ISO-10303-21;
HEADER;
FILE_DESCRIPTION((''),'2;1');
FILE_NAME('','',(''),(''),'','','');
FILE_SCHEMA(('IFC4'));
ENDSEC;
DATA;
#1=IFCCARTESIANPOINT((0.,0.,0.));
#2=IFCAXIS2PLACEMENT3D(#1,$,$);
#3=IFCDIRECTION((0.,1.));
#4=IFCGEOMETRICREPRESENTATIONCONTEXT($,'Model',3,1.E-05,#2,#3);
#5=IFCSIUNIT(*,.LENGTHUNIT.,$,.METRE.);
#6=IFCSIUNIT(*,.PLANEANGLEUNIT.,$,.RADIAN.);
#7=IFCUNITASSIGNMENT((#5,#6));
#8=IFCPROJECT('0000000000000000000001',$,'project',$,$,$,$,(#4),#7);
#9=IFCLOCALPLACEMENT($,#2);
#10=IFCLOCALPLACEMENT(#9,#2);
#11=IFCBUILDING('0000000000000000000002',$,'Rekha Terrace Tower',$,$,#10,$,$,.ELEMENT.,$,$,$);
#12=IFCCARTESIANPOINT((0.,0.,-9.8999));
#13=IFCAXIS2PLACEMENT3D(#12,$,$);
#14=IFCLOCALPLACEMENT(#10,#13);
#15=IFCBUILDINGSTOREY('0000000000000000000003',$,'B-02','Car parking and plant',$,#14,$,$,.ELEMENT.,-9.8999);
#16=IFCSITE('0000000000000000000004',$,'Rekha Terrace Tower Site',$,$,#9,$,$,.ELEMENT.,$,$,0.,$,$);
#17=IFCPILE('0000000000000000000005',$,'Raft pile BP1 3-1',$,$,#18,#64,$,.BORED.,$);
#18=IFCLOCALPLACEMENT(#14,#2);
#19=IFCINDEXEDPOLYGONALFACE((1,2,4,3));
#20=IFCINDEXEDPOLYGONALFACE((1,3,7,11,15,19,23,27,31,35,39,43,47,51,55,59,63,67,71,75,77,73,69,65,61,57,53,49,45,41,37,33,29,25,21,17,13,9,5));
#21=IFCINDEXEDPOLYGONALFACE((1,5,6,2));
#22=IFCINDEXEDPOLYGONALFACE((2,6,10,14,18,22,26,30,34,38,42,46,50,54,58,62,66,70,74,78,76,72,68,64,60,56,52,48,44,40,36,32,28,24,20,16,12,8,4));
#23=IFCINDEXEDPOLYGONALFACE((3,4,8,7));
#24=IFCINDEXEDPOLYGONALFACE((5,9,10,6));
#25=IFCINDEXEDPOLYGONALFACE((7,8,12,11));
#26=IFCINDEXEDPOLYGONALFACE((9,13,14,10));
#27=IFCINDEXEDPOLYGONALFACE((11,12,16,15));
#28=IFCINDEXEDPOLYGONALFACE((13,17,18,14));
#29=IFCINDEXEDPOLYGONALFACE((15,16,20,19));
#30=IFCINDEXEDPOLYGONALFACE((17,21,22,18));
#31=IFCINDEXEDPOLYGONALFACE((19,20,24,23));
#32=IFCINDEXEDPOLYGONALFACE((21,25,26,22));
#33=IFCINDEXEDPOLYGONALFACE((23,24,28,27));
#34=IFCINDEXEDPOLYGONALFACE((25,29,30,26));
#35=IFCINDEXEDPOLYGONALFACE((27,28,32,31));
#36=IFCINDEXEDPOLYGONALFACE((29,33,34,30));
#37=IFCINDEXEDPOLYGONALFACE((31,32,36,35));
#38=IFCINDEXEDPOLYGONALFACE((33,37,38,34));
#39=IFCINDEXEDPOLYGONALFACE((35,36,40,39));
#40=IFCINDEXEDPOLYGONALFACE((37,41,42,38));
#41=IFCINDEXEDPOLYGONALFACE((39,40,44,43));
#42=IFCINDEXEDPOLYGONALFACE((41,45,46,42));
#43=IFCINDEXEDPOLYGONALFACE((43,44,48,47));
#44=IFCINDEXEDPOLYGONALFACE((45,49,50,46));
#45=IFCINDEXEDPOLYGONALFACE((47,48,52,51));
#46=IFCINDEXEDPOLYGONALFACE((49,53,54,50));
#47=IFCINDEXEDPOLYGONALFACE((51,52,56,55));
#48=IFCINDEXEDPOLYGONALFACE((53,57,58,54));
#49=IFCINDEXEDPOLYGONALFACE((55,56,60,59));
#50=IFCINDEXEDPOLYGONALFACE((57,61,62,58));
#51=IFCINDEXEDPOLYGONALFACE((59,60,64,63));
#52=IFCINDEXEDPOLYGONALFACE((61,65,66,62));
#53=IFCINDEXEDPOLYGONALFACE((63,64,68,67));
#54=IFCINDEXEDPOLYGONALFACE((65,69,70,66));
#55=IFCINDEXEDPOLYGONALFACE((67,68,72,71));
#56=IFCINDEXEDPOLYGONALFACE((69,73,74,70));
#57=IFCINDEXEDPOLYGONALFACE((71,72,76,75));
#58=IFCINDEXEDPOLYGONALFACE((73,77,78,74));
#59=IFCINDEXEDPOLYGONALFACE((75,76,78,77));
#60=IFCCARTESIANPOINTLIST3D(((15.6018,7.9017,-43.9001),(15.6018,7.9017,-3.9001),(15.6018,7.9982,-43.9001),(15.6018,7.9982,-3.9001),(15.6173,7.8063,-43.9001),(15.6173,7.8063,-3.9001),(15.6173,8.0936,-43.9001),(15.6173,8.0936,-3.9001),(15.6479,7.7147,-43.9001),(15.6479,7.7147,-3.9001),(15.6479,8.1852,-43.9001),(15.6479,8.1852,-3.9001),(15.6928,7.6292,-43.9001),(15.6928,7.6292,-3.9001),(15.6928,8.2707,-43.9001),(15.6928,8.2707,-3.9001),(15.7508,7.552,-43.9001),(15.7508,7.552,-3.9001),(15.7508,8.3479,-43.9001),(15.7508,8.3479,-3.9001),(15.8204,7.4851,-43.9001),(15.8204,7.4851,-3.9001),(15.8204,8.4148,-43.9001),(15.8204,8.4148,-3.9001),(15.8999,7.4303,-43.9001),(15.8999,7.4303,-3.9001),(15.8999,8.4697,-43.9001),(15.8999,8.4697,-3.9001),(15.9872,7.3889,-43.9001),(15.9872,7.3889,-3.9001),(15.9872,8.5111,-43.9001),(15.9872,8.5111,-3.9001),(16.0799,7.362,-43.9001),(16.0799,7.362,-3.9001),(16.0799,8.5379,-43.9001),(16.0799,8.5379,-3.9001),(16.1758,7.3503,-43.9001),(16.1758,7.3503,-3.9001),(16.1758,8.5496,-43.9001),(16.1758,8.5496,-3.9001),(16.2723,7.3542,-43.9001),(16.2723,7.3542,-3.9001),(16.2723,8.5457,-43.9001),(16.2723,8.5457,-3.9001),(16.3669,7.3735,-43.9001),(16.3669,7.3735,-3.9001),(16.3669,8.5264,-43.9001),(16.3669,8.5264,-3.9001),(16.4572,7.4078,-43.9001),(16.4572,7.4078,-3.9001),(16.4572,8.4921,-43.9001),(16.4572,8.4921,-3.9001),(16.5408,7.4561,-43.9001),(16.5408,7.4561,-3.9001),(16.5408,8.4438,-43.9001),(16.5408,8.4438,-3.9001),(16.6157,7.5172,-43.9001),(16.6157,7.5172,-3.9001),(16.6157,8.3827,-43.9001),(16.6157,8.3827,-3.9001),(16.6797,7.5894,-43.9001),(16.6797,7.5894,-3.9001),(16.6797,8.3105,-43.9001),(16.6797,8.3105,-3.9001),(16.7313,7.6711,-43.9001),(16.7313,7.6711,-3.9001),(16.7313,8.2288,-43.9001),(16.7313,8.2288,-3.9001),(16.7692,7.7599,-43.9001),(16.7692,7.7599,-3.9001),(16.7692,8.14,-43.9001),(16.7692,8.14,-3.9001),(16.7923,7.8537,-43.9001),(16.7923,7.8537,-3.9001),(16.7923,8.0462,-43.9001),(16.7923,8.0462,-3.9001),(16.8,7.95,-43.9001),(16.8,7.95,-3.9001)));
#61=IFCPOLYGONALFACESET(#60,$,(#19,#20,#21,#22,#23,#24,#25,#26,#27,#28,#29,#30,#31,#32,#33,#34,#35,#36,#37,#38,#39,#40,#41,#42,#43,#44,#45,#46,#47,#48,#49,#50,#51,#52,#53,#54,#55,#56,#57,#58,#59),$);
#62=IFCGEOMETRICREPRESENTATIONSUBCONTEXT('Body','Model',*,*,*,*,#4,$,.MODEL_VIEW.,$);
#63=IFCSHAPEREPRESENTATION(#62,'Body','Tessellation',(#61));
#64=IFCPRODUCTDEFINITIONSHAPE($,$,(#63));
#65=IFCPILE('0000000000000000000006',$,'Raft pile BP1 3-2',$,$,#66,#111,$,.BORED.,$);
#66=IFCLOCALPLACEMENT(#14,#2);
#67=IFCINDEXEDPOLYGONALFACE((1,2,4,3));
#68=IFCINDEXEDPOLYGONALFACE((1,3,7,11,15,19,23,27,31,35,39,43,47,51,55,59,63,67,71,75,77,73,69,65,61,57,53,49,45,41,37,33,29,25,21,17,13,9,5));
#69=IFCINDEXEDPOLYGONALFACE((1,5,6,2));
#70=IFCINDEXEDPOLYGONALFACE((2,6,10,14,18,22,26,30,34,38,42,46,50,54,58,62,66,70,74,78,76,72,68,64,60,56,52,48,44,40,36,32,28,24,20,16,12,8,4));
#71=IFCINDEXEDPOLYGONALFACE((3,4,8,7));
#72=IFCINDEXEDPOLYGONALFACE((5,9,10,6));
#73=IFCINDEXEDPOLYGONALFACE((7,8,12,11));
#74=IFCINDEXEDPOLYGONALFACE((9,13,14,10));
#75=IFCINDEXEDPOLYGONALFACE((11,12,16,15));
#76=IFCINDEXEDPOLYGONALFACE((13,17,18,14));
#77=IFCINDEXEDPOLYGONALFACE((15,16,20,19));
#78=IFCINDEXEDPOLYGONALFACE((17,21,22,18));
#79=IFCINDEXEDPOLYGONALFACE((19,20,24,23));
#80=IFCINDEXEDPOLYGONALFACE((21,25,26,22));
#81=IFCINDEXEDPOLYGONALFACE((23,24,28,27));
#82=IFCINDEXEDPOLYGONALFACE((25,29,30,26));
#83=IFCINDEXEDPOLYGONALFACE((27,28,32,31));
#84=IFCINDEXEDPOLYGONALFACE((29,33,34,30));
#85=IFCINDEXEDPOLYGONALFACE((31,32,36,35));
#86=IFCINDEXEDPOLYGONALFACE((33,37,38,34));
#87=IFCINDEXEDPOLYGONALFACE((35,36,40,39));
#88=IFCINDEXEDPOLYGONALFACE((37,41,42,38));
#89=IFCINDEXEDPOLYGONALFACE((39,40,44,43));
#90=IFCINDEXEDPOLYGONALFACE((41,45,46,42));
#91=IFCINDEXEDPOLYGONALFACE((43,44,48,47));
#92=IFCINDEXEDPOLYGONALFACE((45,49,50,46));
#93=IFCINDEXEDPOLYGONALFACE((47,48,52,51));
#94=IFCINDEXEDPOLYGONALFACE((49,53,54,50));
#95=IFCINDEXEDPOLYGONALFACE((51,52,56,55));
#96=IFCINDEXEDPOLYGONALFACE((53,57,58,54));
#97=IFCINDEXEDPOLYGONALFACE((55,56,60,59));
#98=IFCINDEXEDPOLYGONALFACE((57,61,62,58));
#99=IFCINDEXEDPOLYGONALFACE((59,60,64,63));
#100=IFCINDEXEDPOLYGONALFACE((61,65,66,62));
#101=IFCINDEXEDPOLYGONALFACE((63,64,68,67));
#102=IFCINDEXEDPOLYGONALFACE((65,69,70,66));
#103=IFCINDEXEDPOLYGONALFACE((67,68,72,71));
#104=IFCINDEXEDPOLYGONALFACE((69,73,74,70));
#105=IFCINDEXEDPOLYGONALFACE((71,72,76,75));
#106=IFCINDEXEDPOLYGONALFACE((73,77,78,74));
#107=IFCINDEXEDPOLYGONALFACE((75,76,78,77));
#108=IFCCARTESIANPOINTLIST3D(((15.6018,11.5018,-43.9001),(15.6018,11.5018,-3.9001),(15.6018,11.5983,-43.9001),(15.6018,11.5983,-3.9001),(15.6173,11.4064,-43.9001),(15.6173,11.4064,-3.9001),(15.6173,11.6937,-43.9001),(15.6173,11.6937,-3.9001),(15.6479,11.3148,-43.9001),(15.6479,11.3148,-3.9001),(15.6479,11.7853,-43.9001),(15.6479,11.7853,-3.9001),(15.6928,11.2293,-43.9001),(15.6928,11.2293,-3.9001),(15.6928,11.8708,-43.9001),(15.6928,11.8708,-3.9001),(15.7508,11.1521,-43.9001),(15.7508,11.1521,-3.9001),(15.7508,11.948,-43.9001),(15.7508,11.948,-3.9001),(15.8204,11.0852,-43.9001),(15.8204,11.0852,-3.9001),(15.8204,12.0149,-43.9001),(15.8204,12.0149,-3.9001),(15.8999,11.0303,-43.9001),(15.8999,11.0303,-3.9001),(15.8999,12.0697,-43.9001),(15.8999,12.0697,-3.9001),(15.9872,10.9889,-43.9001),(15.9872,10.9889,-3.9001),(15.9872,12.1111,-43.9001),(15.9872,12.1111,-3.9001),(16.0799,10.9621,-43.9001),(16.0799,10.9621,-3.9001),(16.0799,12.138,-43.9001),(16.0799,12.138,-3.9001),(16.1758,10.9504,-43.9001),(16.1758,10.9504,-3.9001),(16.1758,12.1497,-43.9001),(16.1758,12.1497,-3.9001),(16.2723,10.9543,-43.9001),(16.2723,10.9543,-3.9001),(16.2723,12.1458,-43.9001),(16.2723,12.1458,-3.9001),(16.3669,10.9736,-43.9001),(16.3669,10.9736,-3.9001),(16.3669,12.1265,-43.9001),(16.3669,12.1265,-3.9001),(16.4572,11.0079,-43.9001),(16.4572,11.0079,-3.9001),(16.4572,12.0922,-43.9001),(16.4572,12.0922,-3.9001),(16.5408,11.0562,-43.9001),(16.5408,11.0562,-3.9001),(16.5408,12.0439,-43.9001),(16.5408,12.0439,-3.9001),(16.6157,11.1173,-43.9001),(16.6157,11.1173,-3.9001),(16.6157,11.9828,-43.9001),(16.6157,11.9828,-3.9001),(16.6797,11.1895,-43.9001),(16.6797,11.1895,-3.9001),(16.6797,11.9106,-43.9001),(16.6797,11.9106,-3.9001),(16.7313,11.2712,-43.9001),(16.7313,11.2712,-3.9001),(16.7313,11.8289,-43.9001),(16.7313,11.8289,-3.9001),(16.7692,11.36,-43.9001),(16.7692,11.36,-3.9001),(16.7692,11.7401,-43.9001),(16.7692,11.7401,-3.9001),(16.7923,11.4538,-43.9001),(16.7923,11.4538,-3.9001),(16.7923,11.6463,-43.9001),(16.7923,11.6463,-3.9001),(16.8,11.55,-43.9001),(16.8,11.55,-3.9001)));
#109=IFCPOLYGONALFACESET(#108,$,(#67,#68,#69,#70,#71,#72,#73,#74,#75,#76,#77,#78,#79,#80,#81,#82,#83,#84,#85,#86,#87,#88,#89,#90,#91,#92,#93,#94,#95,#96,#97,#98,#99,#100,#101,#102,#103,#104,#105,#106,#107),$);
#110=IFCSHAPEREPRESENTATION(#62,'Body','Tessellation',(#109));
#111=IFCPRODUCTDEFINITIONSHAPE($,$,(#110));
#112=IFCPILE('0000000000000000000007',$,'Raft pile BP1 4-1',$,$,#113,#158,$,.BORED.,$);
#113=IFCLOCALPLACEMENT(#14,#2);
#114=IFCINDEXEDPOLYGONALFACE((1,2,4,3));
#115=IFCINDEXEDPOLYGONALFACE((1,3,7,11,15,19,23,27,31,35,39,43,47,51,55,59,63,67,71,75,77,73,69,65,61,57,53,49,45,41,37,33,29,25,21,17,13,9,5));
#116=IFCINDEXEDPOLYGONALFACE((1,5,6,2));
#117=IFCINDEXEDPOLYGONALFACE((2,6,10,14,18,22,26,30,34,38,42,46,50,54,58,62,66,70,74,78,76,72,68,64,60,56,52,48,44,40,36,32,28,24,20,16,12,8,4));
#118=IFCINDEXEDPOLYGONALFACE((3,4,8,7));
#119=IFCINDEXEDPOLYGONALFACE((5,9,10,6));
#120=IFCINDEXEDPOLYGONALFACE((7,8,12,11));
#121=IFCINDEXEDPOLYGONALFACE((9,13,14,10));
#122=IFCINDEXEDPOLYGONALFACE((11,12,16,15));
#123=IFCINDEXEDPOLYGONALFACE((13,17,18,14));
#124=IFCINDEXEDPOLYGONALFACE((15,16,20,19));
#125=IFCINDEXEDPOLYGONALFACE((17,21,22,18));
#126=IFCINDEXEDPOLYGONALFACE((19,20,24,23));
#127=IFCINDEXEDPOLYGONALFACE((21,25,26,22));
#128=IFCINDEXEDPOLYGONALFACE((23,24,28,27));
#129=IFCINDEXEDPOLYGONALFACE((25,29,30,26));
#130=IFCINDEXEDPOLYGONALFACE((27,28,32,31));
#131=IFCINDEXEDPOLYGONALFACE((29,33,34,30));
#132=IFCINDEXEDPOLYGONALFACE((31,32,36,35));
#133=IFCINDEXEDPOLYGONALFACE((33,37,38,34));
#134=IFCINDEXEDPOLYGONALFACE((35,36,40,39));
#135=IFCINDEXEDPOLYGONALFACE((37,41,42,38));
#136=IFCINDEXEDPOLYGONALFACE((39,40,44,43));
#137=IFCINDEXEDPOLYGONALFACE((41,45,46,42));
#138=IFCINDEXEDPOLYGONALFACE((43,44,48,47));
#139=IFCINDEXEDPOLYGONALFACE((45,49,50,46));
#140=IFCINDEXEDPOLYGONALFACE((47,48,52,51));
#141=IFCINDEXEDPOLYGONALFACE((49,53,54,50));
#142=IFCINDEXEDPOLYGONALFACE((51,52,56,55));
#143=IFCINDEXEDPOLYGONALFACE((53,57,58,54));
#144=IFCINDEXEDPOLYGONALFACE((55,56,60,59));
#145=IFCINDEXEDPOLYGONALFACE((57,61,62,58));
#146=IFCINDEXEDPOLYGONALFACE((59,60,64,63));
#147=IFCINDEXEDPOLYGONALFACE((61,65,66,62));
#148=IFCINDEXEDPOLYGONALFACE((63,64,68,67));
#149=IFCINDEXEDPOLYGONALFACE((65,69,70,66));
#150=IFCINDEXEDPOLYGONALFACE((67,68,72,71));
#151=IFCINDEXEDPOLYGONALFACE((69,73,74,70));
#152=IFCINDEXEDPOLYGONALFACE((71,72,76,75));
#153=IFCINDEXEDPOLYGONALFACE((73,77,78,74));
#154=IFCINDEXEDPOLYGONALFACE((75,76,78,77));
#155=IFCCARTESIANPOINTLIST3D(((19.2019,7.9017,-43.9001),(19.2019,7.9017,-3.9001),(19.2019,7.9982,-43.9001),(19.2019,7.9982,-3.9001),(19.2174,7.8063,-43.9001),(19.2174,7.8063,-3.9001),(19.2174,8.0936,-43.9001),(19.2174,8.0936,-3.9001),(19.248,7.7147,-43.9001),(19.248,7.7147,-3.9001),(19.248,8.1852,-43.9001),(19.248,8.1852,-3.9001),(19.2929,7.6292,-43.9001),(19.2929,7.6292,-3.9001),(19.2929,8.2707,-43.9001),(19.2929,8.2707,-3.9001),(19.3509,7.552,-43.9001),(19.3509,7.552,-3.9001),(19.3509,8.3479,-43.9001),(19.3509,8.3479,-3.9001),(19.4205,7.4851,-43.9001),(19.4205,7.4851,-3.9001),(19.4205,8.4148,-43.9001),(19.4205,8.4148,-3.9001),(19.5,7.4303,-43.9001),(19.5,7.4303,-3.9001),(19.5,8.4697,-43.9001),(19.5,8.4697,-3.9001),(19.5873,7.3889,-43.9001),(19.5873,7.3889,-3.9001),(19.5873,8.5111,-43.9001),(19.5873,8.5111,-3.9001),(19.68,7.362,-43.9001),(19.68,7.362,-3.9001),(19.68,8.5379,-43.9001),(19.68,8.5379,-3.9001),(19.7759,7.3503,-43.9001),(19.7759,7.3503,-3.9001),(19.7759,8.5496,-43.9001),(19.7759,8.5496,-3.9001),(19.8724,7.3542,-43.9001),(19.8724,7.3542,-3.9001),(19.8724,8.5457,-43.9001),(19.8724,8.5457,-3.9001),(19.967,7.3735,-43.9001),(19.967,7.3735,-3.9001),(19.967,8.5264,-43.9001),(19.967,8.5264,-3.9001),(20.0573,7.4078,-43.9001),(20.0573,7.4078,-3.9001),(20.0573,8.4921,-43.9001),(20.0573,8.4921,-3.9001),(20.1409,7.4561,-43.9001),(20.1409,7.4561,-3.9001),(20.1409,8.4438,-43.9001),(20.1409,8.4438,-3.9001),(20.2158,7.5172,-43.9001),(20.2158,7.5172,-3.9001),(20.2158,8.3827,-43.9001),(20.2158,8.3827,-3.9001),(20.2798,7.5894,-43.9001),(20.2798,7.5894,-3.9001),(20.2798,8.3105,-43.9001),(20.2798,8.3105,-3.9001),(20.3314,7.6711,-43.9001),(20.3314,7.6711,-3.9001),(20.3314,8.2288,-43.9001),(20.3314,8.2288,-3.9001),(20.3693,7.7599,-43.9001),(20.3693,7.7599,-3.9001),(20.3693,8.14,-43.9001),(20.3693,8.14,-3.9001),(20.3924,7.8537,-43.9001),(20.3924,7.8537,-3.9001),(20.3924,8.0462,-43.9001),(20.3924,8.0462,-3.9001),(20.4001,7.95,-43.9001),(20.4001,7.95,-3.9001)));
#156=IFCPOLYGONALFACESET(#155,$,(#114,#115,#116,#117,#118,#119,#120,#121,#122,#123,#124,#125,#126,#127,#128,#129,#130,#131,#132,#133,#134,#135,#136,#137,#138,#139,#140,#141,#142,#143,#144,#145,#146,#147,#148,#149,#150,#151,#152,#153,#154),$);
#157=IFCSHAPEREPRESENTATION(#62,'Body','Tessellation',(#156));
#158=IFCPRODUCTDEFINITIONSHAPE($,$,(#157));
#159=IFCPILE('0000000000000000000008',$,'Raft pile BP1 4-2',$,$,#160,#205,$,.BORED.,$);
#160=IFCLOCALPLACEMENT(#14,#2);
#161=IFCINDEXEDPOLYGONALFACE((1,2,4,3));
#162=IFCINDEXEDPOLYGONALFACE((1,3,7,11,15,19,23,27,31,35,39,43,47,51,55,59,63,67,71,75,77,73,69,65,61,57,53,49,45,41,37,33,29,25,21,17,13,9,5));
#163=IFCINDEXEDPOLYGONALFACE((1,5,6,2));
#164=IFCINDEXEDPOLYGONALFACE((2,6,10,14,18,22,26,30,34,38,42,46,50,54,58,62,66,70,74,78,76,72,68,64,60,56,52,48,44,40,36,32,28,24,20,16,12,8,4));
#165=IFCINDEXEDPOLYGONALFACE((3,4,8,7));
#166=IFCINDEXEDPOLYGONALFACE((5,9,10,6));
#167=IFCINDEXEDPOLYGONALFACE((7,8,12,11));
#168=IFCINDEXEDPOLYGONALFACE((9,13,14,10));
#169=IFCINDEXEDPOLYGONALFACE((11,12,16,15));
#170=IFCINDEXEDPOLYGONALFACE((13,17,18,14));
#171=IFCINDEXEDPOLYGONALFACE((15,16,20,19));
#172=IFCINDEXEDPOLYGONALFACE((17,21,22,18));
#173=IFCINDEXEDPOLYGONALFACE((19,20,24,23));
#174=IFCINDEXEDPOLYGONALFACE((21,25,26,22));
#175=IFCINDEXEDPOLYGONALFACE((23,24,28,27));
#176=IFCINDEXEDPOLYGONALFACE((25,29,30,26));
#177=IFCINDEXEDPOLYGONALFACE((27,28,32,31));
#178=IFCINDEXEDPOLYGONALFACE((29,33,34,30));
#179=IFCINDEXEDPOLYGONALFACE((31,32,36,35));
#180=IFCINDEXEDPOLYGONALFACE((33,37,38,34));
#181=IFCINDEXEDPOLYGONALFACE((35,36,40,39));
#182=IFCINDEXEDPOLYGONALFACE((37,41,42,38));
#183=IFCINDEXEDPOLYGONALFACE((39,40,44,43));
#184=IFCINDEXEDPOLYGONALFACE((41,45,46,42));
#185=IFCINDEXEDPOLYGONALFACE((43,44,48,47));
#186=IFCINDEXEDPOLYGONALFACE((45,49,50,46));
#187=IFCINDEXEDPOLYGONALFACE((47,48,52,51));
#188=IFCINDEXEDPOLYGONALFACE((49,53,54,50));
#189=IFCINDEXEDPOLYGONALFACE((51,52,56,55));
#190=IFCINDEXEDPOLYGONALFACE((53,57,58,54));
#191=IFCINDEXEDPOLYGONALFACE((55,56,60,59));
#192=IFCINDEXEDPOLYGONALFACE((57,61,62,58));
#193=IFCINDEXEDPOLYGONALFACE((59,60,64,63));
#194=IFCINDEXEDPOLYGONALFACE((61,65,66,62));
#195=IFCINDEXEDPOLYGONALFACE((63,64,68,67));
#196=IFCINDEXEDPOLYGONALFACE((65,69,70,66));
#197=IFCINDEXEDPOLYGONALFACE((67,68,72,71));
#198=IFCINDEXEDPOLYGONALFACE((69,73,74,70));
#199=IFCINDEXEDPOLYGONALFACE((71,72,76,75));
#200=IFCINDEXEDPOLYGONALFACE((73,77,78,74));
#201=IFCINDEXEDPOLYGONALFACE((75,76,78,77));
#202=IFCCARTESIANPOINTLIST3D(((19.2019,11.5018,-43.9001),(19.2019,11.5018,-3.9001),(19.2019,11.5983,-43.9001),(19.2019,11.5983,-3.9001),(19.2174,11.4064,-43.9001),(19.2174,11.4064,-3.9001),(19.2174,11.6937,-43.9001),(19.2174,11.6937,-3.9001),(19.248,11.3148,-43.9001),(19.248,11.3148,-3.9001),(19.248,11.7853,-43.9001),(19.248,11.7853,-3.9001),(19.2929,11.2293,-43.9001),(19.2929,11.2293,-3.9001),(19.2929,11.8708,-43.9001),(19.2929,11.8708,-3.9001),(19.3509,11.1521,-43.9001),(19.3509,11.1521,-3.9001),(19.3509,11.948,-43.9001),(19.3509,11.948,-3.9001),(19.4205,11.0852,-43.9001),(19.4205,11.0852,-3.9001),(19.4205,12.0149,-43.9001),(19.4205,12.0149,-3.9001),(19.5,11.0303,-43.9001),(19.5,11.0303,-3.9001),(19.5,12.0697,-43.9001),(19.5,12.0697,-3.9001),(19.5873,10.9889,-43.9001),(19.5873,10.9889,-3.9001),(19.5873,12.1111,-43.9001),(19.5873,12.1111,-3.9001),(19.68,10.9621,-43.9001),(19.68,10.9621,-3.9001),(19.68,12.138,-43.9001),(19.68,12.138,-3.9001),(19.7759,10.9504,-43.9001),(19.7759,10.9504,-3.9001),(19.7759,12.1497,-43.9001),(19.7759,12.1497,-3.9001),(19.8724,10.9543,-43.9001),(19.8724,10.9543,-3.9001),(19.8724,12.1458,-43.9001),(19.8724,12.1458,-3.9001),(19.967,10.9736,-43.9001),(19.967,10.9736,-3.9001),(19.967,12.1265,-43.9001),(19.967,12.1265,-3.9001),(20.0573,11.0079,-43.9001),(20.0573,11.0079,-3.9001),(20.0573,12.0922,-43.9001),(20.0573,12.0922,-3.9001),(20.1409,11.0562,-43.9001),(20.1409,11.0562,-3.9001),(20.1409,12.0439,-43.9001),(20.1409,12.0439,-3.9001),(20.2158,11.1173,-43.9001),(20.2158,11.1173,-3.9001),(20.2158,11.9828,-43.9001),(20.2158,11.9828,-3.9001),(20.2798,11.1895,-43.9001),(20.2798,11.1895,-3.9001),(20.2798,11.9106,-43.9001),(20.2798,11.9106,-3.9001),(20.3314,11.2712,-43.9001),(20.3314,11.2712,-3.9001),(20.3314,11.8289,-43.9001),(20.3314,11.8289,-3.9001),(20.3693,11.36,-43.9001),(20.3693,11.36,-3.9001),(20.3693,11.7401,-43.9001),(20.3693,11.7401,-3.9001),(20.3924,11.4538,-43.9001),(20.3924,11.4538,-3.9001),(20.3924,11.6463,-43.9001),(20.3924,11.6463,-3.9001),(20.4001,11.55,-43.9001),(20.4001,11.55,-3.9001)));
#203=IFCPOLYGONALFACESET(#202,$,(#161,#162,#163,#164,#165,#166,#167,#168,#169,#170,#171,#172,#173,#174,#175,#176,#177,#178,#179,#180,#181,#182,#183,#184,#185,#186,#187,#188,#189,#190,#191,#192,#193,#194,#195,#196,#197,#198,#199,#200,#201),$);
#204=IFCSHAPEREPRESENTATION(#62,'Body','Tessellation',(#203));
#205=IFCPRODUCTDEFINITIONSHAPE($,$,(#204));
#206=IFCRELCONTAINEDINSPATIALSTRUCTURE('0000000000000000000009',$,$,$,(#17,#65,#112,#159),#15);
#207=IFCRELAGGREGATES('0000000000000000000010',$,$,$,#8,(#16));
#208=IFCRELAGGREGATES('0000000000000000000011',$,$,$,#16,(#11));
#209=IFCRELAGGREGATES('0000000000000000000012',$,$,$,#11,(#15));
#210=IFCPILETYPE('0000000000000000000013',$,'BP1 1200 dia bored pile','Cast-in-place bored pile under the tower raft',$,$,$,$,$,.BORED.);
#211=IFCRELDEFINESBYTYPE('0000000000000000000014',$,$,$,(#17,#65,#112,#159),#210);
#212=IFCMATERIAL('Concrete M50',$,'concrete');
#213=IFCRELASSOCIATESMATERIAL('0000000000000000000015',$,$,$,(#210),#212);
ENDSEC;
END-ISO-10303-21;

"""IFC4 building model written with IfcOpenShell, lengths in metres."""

from ifc_helpers import new_model, si_unit, direction, frame, origin, origin_2d, place, context, subcontext, project, spatial, circle, extrude, material, type_object, element, save


model = new_model("IFC4")

# Units and contexts
model_context = context("Model", 3, precision=1e-05, world=origin(), true_north=direction((0.0, 1.0)))
body_context = subcontext(model_context, "Body", "Model", "MODEL_VIEW")
ifc_project = project(units=[si_unit("LENGTHUNIT", "METRE"), si_unit("PLANEANGLEUNIT", "RADIAN")], contexts=[model_context])

# Site, building, storey
site_placement = place(None, origin())
site = spatial("IfcSite", under=ifc_project, at=site_placement, Name="Rekha Terrace Tower Site", CompositionType="ELEMENT", RefElevation=0.0)
building_placement = place(site_placement, origin())
building = spatial("IfcBuilding", under=site, at=building_placement, Name="Rekha Terrace Tower", CompositionType="ELEMENT")
storey_placement = place(building_placement, frame((0.0, 0.0, -9.8999)))
storey = spatial("IfcBuildingStorey", under=building, at=storey_placement, Name="B-02", Description="Car parking and plant", CompositionType="ELEMENT", Elevation=-9.8999)

# Piles
ifc_material_1 = material(Name="Concrete M50", Category="concrete")
pile_type_1 = type_object("IfcPileType", Name="BP1 1200 dia bored pile", Description="Cast-in-place bored pile under the tower raft", PredefinedType="BORED", material=ifc_material_1)
for number, where, z_axis, x_axis, name in (
    (1, (16.2, 7.95, -3.9001), (0.0, 0.0, -1.0), (1.0, 0.0, 0.0), "Raft pile BP1 3-1"),
    (2, (16.2, 11.55, -3.9001), (0.0, 0.0, -1.0), (1.0, 0.0, 0.0), "Raft pile BP1 3-2"),
    (3, (19.8, 7.95, -3.9001), (0.0, 0.0, -1.0), (1.0, 0.0, 0.0), "Raft pile BP1 4-1"),
    (4, (19.8, 11.55, -3.9001), (0.0, 0.0, -1.0), (1.0, 0.0, 0.0), "Raft pile BP1 4-2"),
):
    element("IfcPile", number, at=place(storey_placement, frame(where, z_axis=z_axis, x_axis=x_axis)), inside=storey, type_object=pile_type_1, Name=name, PredefinedType="BORED", context=body_context, shape_type="SweptSolid", body=[
        extrude(circle(Radius=0.6001, at=origin_2d()), origin(), (0.0, 0.0, 1.0), 40.0),
    ])

save(model, "model.ifc")
